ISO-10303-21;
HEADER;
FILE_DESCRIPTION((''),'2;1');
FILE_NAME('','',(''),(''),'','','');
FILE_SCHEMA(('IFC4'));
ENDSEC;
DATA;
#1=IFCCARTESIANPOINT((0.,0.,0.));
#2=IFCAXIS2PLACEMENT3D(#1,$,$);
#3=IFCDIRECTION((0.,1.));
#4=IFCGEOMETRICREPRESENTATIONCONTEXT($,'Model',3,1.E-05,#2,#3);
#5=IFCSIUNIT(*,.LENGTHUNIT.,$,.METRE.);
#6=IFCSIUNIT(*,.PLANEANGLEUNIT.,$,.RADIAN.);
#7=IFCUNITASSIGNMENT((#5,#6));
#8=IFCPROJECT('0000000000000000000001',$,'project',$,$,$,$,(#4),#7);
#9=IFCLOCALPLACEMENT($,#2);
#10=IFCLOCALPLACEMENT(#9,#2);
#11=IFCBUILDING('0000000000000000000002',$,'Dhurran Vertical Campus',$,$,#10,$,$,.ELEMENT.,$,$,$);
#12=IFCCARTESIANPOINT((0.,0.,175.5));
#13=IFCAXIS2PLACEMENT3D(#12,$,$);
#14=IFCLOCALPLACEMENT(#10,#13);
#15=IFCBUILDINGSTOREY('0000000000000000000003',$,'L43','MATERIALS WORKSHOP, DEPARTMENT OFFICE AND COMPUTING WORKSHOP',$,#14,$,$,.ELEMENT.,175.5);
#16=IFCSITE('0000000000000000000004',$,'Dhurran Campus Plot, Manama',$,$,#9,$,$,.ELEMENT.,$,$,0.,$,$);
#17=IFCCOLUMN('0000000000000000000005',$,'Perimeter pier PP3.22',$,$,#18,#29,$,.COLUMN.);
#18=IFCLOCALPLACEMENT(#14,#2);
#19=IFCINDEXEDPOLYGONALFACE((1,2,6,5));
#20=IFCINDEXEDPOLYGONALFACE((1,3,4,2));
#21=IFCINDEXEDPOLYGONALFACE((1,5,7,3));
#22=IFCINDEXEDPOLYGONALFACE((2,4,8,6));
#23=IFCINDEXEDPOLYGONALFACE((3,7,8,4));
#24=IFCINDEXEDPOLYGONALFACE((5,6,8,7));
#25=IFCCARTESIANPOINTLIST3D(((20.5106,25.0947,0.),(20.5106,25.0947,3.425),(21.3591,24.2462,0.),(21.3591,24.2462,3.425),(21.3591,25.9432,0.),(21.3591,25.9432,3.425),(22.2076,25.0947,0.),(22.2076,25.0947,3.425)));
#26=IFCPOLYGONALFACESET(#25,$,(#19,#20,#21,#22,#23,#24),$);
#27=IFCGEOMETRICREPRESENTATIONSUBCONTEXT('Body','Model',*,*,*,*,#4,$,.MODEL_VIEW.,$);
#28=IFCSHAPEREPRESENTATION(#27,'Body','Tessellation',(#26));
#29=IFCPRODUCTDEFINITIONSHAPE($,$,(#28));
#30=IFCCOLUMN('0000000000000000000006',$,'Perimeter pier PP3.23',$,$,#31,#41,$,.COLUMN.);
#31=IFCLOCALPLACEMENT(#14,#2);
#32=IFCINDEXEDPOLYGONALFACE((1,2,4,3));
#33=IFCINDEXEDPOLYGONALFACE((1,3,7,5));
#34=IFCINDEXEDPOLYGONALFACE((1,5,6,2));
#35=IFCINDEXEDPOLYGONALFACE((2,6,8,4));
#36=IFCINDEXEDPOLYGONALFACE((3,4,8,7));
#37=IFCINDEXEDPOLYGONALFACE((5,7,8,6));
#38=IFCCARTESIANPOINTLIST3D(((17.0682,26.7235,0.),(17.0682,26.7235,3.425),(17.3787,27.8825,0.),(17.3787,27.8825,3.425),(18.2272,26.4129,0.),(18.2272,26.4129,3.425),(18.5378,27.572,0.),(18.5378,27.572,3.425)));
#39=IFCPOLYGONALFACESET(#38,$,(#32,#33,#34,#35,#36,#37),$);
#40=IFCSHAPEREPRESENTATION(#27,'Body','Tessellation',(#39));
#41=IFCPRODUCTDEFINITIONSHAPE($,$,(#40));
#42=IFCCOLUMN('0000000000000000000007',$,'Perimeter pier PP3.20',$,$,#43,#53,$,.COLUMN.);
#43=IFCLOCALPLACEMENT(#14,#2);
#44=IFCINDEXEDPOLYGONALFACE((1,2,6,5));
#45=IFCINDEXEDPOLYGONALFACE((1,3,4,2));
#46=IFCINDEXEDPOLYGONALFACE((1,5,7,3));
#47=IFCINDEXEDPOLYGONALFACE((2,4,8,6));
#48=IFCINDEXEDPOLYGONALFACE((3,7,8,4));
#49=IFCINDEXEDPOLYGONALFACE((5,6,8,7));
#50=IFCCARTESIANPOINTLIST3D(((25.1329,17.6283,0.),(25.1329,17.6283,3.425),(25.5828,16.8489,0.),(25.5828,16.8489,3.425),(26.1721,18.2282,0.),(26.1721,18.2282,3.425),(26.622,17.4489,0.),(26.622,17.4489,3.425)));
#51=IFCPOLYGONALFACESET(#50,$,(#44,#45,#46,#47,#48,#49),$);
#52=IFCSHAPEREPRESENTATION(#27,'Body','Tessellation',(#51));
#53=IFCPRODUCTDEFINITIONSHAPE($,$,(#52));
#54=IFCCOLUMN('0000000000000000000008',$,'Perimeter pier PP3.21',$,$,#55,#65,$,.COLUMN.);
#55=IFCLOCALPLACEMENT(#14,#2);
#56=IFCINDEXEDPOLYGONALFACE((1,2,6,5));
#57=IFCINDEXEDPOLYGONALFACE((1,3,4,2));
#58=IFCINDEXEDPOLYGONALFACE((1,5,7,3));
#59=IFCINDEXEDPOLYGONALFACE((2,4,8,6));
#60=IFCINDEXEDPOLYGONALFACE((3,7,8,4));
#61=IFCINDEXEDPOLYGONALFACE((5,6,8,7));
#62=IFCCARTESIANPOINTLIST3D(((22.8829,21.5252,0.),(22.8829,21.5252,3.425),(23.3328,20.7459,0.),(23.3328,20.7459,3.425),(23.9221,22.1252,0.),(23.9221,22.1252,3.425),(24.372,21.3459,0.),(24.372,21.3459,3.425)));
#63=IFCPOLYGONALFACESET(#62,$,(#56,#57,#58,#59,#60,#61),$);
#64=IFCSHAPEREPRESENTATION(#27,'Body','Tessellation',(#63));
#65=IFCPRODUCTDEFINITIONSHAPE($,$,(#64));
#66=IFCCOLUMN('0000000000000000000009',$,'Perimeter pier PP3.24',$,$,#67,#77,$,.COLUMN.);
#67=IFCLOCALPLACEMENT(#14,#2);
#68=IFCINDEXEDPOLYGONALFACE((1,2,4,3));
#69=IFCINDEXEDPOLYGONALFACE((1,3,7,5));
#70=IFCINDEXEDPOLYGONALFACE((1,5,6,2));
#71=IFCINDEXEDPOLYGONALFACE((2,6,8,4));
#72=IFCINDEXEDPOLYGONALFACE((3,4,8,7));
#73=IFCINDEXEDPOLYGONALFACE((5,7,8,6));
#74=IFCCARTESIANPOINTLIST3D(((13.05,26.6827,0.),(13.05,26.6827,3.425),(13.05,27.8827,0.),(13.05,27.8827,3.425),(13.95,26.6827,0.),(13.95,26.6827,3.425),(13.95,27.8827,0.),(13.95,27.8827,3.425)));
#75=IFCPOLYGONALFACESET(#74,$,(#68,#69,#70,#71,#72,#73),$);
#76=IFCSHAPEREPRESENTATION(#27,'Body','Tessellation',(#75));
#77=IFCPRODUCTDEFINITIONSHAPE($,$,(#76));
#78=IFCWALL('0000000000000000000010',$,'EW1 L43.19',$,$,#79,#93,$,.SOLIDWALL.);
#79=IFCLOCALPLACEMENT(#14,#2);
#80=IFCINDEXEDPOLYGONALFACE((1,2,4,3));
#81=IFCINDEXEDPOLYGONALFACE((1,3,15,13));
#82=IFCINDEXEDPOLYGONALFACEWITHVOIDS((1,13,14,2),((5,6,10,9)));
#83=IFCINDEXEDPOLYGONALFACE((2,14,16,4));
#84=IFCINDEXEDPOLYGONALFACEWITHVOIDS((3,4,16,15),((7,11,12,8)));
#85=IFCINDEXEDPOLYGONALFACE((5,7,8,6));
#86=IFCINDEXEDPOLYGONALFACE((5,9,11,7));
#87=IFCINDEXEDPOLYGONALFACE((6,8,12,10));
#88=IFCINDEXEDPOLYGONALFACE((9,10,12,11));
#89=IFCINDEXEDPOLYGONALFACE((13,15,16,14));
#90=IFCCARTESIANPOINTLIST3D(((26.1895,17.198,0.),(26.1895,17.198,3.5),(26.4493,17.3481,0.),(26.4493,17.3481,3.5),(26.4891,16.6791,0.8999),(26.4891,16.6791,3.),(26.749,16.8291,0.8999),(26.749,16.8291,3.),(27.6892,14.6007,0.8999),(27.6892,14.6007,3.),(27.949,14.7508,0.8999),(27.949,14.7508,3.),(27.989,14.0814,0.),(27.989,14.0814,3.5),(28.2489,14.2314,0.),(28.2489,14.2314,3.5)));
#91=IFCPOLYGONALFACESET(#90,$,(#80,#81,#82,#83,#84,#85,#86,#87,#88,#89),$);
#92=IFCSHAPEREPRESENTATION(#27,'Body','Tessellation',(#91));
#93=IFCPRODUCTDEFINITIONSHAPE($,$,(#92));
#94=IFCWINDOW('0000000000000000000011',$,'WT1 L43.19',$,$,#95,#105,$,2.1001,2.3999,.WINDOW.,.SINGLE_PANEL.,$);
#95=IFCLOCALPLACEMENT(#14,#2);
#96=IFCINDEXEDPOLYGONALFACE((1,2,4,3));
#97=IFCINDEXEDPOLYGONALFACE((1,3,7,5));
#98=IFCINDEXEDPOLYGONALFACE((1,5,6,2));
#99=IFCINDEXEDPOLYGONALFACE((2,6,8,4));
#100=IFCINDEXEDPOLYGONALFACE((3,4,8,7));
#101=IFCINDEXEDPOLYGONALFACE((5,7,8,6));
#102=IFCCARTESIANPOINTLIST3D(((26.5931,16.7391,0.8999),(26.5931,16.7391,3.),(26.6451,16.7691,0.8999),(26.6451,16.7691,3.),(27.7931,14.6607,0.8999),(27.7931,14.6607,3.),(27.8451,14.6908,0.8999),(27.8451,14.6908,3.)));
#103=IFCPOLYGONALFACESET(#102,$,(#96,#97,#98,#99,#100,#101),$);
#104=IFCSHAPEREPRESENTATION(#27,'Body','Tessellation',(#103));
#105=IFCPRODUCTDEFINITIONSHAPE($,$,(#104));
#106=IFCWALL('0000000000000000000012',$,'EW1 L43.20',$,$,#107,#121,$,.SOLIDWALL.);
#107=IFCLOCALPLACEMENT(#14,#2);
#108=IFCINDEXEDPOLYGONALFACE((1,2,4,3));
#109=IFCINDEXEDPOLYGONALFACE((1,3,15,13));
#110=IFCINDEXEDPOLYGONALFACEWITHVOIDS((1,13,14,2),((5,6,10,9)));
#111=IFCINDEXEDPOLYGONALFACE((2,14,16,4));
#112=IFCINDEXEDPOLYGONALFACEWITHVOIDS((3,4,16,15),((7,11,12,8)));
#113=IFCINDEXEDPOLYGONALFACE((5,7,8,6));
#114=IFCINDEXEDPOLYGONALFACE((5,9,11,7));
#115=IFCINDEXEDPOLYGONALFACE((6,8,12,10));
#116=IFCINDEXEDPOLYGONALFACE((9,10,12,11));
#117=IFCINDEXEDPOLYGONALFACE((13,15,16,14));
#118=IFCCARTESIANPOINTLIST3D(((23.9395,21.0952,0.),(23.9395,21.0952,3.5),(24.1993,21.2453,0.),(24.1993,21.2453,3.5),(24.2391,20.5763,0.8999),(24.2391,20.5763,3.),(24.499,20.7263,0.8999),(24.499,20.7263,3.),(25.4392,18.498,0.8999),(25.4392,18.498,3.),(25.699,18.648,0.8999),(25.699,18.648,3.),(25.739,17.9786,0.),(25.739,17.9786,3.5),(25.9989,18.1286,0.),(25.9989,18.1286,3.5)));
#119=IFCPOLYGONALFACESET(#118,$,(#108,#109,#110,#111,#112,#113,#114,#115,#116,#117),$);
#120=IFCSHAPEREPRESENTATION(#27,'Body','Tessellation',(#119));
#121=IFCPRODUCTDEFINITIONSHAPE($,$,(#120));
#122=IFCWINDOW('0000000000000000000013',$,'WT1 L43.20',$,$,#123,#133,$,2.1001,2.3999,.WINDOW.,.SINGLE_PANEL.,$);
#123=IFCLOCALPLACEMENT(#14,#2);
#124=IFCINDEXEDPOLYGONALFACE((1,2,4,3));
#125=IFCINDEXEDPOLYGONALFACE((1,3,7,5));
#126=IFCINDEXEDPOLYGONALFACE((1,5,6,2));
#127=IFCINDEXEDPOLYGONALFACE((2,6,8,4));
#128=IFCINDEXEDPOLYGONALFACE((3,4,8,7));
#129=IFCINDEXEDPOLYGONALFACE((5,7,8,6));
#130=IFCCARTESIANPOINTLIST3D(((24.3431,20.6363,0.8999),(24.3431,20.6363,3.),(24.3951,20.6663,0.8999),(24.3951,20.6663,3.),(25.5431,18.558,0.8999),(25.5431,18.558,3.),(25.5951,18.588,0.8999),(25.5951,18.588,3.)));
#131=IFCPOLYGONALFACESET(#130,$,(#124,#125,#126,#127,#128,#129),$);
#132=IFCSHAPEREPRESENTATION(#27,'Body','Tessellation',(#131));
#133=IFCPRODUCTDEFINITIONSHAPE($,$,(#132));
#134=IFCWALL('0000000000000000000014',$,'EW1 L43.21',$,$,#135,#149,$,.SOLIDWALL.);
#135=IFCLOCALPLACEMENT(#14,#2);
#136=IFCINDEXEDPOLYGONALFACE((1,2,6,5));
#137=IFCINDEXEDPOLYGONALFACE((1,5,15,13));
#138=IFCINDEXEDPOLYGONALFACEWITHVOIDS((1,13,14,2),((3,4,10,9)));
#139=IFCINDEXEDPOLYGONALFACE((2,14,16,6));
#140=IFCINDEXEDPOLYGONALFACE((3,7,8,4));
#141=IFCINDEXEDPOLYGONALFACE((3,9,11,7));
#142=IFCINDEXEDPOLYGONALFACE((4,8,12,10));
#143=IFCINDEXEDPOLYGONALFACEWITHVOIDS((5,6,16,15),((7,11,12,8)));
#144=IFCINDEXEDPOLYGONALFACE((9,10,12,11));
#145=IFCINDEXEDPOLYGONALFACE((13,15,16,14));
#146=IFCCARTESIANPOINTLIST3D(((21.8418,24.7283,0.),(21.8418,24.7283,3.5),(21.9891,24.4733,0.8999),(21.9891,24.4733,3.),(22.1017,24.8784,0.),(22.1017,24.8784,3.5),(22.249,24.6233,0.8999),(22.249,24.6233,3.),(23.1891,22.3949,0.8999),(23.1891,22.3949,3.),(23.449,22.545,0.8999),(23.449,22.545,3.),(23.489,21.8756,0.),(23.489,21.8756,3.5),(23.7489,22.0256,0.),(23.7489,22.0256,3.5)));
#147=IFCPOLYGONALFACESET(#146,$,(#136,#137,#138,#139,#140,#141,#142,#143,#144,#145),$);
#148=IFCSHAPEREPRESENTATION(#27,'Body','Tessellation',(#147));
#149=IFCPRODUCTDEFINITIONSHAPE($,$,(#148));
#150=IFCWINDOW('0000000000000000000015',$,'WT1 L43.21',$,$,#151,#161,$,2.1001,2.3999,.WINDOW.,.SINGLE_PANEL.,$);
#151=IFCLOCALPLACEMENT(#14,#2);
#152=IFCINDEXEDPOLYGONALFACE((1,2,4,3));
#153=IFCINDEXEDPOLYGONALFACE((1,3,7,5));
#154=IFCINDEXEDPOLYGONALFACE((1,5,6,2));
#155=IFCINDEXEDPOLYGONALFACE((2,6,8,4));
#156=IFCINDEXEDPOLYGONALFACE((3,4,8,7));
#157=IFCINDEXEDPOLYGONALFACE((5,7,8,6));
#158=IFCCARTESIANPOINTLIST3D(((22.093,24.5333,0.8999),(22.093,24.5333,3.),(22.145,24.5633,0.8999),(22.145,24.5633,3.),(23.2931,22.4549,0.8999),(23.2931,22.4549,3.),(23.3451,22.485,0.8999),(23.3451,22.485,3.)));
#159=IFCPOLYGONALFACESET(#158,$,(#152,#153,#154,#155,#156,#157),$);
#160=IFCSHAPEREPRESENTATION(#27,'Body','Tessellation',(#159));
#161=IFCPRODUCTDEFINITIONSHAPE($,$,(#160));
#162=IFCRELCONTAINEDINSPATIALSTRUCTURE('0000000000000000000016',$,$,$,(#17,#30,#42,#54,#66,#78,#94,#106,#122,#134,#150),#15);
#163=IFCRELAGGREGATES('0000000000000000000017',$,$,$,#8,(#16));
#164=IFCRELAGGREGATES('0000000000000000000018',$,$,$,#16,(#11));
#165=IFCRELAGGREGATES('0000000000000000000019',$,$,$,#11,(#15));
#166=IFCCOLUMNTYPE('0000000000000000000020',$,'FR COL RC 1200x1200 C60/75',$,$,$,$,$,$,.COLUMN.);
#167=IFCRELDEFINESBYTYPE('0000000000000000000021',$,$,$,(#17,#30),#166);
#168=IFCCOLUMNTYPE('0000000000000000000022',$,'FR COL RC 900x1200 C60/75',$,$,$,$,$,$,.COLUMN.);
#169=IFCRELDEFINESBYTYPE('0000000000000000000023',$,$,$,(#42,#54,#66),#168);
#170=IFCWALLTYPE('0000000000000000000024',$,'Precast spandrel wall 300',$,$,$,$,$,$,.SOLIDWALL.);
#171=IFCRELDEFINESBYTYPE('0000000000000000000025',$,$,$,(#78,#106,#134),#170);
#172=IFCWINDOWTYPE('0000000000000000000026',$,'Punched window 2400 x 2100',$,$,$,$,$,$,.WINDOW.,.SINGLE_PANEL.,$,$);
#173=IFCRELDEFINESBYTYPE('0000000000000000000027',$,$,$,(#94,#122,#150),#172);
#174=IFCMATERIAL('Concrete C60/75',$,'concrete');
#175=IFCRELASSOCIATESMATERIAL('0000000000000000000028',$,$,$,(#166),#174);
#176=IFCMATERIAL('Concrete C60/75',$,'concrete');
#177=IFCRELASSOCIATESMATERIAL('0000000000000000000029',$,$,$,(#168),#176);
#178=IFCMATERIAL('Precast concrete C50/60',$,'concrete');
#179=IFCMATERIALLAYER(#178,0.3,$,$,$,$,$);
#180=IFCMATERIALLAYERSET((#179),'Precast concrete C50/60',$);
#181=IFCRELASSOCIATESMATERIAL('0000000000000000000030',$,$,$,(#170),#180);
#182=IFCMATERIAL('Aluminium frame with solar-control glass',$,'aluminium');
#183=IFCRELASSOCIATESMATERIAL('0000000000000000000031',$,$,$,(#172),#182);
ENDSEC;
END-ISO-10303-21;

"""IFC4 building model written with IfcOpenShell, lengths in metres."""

from ifc_helpers import new_model, si_unit, direction, frame, frame_2d, origin, origin_2d, place, context, subcontext, project, spatial, rectangle, extrude, material, layer, layer_set, material_profile, profile_set, type_object, element, fill, save


model = new_model("IFC4")

# Units and contexts
model_context = context("Model", 3, precision=1e-05, world=origin(), true_north=direction((0.0, 1.0)))
body_context = subcontext(model_context, "Body", "Model", "MODEL_VIEW")
ifc_project = project(units=[si_unit("LENGTHUNIT", "METRE"), si_unit("PLANEANGLEUNIT", "RADIAN")], contexts=[model_context])

# Site, building, storey
site_placement = place(None, origin())
site = spatial("IfcSite", under=ifc_project, at=site_placement, Name="Dhurran Campus Plot, Manama", CompositionType="ELEMENT", RefElevation=0.0)
building_placement = place(site_placement, origin())
building = spatial("IfcBuilding", under=site, at=building_placement, Name="Dhurran Vertical Campus", CompositionType="ELEMENT")
storey_placement = place(building_placement, frame((0.0, 0.0, 175.5)))
storey = spatial("IfcBuildingStorey", under=building, at=storey_placement, Name="L43", Description="MATERIALS WORKSHOP, DEPARTMENT OFFICE AND COMPUTING WORKSHOP", CompositionType="ELEMENT", Elevation=175.5)

# Columns
ifc_material_1 = material(Name="Concrete C60/75", Category="concrete")
ifc_material_profile_1 = material_profile(ifc_material_1, rectangle(XDim=1.2, YDim=1.2, at=origin_2d()), Name="RC 1200x1200")
ifc_profile_set_1 = profile_set([ifc_material_profile_1], Name="Concrete C60/75")
column_type_1 = type_object("IfcColumnType", Name="FR COL RC 1200x1200 C60/75", PredefinedType="COLUMN", material=ifc_profile_set_1)
for number, where, z_axis, x_axis, name in (
    (1, (21.3591, 25.0947, 0.0), (0.0, 0.0, 1.0), (-0.707107, 0.707107, 0.0), "Perimeter pier PP3.22"),
    (2, (17.803, 27.1477, 0.0), (0.0, 0.0, 1.0), (-0.965926, 0.258819, 0.0), "Perimeter pier PP3.23"),
):
    element("IfcColumn", number, at=place(storey_placement, frame(where, z_axis=z_axis, x_axis=x_axis)), inside=storey, type_object=column_type_1, Name=name, PredefinedType="COLUMN", context=body_context, shape_type="SweptSolid", body=[
        extrude(rectangle(XDim=1.2, YDim=1.2, at=origin_2d()), origin(), (0.0, 0.0, 1.0), 3.425),
    ])
ifc_material_2 = material(Name="Concrete C60/75", Category="concrete")
ifc_material_profile_2 = material_profile(ifc_material_2, rectangle(XDim=0.8999, YDim=1.2, at=origin_2d()), Name="RC 900x1200")
ifc_profile_set_2 = profile_set([ifc_material_profile_2], Name="Concrete C60/75")
column_type_2 = type_object("IfcColumnType", Name="FR COL RC 900x1200 C60/75", PredefinedType="COLUMN", material=ifc_profile_set_2)
for number, where, z_axis, x_axis, name in (
    (3, (25.8774, 17.5386, 0.0), (0.0, 0.0, 1.0), (-0.5, 0.866025, 0.0), "Perimeter pier PP3.20"),
    (4, (23.6274, 21.4355, 0.0), (0.0, 0.0, 1.0), (-0.5, 0.866025, 0.0), "Perimeter pier PP3.21"),
    (5, (13.5, 27.2827, 0.0), (0.0, 0.0, 1.0), (-1.0, 0.0, 0.0), "Perimeter pier PP3.24"),
):
    element("IfcColumn", number, at=place(storey_placement, frame(where, z_axis=z_axis, x_axis=x_axis)), inside=storey, type_object=column_type_2, Name=name, PredefinedType="COLUMN", context=body_context, shape_type="SweptSolid", body=[
        extrude(rectangle(XDim=0.8999, YDim=1.2, at=origin_2d()), origin(), (0.0, 0.0, 1.0), 3.425),
    ])

# Walls, openings, windows
ifc_material_3 = material(Name="Precast concrete C50/60", Category="concrete")
ifc_layer_1 = layer(ifc_material_3, 0.3)
ifc_layer_set_1 = layer_set([ifc_layer_1], Name="Precast concrete C50/60")
wall_type_1 = type_object("IfcWallType", Name="Precast spandrel wall 300", PredefinedType="SOLIDWALL", material=ifc_layer_set_1)
wall_1_placement = place(storey_placement, frame((28.1189, 14.1565, 0.0), z_axis=(0.0, 0.0, 1.0), x_axis=(-0.500028, 0.866009, 0.0)))
wall_1 = element("IfcWall", 6, at=wall_1_placement, inside=storey, type_object=wall_type_1, Name="EW1 L43.19", PredefinedType="SOLIDWALL", context=body_context, shape_type="SweptSolid", body=[
    extrude(rectangle(XDim=3.5989, YDim=0.3, at=frame_2d((1.7993, 0.0))), origin(), (0.0, 0.0, 1.0), 3.5),
])
opening_1_placement = place(wall_1_placement, frame((0.5996, 0.0, 0.8999)))
opening_1 = element("IfcOpeningElement", 7, at=opening_1_placement, cuts=wall_1, PredefinedType="OPENING", context=body_context, shape_type="SweptSolid", body=[
    extrude(rectangle(XDim=2.3999, YDim=2.1001, at=frame_2d((1.2, 1.05))), frame((0.0, 0.1599, 0.0), z_axis=(0.0, -1.0, 0.0), x_axis=(1.0, 0.0, 0.0)), (0.0, 0.0, 1.0), 0.3201),
])
ifc_material_4 = material(Name="Aluminium frame with solar-control glass", Category="aluminium")
window_type = type_object("IfcWindowType", Name="Punched window 2400 x 2100", PartitioningType="SINGLE_PANEL", PredefinedType="WINDOW", material=ifc_material_4)
window_1_placement = place(opening_1_placement, origin())
window_1 = element("IfcWindow", 8, at=window_1_placement, inside=storey, type_object=window_type, Name="WT1 L43.19", OverallHeight=2.1001, OverallWidth=2.3999, PartitioningType="SINGLE_PANEL", PredefinedType="WINDOW", context=body_context, shape_type="SweptSolid", body=[
    extrude(rectangle(XDim=2.3999, YDim=2.1001, at=frame_2d((1.2, 1.05))), frame((0.0, 0.03, 0.0), z_axis=(0.0, -1.0, 0.0), x_axis=(1.0, 0.0, 0.0)), (0.0, 0.0, 1.0), 0.0601),
])
fill(opening_1, window_1)
wall_2_placement = place(storey_placement, frame((25.8689, 18.0537, 0.0), z_axis=(0.0, 0.0, 1.0), x_axis=(-0.500028, 0.866009, 0.0)))
wall_2 = element("IfcWall", 9, at=wall_2_placement, inside=storey, type_object=wall_type_1, Name="EW1 L43.20", PredefinedType="SOLIDWALL", context=body_context, shape_type="SweptSolid", body=[
    extrude(rectangle(XDim=3.5989, YDim=0.3, at=frame_2d((1.7993, 0.0))), origin(), (0.0, 0.0, 1.0), 3.5),
])
opening_2_placement = place(wall_2_placement, frame((0.5996, 0.0, 0.8999)))
opening_2 = element("IfcOpeningElement", 10, at=opening_2_placement, cuts=wall_2, PredefinedType="OPENING", context=body_context, shape_type="SweptSolid", body=[
    extrude(rectangle(XDim=2.3999, YDim=2.1001, at=frame_2d((1.2, 1.05))), frame((0.0, 0.1599, 0.0), z_axis=(0.0, -1.0, 0.0), x_axis=(1.0, 0.0, 0.0)), (0.0, 0.0, 1.0), 0.3201),
])
window_2_placement = place(opening_2_placement, origin())
window_2 = element("IfcWindow", 11, at=window_2_placement, inside=storey, type_object=window_type, Name="WT1 L43.20", OverallHeight=2.1001, OverallWidth=2.3999, PartitioningType="SINGLE_PANEL", PredefinedType="WINDOW", context=body_context, shape_type="SweptSolid", body=[
    extrude(rectangle(XDim=2.3999, YDim=2.1001, at=frame_2d((1.2, 1.05))), frame((0.0, 0.03, 0.0), z_axis=(0.0, -1.0, 0.0), x_axis=(1.0, 0.0, 0.0)), (0.0, 0.0, 1.0), 0.0601),
])
fill(opening_2, window_2)
wall_3_placement = place(storey_placement, frame((23.6189, 21.9507, 0.0), z_axis=(0.0, 0.0, 1.0), x_axis=(-0.500037, 0.866004, 0.0)))
wall_3 = element("IfcWall", 12, at=wall_3_placement, inside=storey, type_object=wall_type_1, Name="EW1 L43.21", PredefinedType="SOLIDWALL", context=body_context, shape_type="SweptSolid", body=[
    extrude(rectangle(XDim=3.2942, YDim=0.3, at=frame_2d((1.647, 0.0))), origin(), (0.0, 0.0, 1.0), 3.5),
])
opening_3_placement = place(wall_3_placement, frame((0.5996, 0.0, 0.8999)))
opening_3 = element("IfcOpeningElement", 13, at=opening_3_placement, cuts=wall_3, PredefinedType="OPENING", context=body_context, shape_type="SweptSolid", body=[
    extrude(rectangle(XDim=2.3999, YDim=2.1001, at=frame_2d((1.2, 1.05))), frame((0.0, 0.1599, 0.0), z_axis=(0.0, -1.0, 0.0), x_axis=(1.0, 0.0, 0.0)), (0.0, 0.0, 1.0), 0.3201),
])
window_3_placement = place(opening_3_placement, origin())
window_3 = element("IfcWindow", 14, at=window_3_placement, inside=storey, type_object=window_type, Name="WT1 L43.21", OverallHeight=2.1001, OverallWidth=2.3999, PartitioningType="SINGLE_PANEL", PredefinedType="WINDOW", context=body_context, shape_type="SweptSolid", body=[
    extrude(rectangle(XDim=2.3999, YDim=2.1001, at=frame_2d((1.2, 1.05))), frame((0.0, 0.03, 0.0), z_axis=(0.0, -1.0, 0.0), x_axis=(1.0, 0.0, 0.0)), (0.0, 0.0, 1.0), 0.0601),
])
fill(opening_3, window_3)

save(model, "model.ifc")
